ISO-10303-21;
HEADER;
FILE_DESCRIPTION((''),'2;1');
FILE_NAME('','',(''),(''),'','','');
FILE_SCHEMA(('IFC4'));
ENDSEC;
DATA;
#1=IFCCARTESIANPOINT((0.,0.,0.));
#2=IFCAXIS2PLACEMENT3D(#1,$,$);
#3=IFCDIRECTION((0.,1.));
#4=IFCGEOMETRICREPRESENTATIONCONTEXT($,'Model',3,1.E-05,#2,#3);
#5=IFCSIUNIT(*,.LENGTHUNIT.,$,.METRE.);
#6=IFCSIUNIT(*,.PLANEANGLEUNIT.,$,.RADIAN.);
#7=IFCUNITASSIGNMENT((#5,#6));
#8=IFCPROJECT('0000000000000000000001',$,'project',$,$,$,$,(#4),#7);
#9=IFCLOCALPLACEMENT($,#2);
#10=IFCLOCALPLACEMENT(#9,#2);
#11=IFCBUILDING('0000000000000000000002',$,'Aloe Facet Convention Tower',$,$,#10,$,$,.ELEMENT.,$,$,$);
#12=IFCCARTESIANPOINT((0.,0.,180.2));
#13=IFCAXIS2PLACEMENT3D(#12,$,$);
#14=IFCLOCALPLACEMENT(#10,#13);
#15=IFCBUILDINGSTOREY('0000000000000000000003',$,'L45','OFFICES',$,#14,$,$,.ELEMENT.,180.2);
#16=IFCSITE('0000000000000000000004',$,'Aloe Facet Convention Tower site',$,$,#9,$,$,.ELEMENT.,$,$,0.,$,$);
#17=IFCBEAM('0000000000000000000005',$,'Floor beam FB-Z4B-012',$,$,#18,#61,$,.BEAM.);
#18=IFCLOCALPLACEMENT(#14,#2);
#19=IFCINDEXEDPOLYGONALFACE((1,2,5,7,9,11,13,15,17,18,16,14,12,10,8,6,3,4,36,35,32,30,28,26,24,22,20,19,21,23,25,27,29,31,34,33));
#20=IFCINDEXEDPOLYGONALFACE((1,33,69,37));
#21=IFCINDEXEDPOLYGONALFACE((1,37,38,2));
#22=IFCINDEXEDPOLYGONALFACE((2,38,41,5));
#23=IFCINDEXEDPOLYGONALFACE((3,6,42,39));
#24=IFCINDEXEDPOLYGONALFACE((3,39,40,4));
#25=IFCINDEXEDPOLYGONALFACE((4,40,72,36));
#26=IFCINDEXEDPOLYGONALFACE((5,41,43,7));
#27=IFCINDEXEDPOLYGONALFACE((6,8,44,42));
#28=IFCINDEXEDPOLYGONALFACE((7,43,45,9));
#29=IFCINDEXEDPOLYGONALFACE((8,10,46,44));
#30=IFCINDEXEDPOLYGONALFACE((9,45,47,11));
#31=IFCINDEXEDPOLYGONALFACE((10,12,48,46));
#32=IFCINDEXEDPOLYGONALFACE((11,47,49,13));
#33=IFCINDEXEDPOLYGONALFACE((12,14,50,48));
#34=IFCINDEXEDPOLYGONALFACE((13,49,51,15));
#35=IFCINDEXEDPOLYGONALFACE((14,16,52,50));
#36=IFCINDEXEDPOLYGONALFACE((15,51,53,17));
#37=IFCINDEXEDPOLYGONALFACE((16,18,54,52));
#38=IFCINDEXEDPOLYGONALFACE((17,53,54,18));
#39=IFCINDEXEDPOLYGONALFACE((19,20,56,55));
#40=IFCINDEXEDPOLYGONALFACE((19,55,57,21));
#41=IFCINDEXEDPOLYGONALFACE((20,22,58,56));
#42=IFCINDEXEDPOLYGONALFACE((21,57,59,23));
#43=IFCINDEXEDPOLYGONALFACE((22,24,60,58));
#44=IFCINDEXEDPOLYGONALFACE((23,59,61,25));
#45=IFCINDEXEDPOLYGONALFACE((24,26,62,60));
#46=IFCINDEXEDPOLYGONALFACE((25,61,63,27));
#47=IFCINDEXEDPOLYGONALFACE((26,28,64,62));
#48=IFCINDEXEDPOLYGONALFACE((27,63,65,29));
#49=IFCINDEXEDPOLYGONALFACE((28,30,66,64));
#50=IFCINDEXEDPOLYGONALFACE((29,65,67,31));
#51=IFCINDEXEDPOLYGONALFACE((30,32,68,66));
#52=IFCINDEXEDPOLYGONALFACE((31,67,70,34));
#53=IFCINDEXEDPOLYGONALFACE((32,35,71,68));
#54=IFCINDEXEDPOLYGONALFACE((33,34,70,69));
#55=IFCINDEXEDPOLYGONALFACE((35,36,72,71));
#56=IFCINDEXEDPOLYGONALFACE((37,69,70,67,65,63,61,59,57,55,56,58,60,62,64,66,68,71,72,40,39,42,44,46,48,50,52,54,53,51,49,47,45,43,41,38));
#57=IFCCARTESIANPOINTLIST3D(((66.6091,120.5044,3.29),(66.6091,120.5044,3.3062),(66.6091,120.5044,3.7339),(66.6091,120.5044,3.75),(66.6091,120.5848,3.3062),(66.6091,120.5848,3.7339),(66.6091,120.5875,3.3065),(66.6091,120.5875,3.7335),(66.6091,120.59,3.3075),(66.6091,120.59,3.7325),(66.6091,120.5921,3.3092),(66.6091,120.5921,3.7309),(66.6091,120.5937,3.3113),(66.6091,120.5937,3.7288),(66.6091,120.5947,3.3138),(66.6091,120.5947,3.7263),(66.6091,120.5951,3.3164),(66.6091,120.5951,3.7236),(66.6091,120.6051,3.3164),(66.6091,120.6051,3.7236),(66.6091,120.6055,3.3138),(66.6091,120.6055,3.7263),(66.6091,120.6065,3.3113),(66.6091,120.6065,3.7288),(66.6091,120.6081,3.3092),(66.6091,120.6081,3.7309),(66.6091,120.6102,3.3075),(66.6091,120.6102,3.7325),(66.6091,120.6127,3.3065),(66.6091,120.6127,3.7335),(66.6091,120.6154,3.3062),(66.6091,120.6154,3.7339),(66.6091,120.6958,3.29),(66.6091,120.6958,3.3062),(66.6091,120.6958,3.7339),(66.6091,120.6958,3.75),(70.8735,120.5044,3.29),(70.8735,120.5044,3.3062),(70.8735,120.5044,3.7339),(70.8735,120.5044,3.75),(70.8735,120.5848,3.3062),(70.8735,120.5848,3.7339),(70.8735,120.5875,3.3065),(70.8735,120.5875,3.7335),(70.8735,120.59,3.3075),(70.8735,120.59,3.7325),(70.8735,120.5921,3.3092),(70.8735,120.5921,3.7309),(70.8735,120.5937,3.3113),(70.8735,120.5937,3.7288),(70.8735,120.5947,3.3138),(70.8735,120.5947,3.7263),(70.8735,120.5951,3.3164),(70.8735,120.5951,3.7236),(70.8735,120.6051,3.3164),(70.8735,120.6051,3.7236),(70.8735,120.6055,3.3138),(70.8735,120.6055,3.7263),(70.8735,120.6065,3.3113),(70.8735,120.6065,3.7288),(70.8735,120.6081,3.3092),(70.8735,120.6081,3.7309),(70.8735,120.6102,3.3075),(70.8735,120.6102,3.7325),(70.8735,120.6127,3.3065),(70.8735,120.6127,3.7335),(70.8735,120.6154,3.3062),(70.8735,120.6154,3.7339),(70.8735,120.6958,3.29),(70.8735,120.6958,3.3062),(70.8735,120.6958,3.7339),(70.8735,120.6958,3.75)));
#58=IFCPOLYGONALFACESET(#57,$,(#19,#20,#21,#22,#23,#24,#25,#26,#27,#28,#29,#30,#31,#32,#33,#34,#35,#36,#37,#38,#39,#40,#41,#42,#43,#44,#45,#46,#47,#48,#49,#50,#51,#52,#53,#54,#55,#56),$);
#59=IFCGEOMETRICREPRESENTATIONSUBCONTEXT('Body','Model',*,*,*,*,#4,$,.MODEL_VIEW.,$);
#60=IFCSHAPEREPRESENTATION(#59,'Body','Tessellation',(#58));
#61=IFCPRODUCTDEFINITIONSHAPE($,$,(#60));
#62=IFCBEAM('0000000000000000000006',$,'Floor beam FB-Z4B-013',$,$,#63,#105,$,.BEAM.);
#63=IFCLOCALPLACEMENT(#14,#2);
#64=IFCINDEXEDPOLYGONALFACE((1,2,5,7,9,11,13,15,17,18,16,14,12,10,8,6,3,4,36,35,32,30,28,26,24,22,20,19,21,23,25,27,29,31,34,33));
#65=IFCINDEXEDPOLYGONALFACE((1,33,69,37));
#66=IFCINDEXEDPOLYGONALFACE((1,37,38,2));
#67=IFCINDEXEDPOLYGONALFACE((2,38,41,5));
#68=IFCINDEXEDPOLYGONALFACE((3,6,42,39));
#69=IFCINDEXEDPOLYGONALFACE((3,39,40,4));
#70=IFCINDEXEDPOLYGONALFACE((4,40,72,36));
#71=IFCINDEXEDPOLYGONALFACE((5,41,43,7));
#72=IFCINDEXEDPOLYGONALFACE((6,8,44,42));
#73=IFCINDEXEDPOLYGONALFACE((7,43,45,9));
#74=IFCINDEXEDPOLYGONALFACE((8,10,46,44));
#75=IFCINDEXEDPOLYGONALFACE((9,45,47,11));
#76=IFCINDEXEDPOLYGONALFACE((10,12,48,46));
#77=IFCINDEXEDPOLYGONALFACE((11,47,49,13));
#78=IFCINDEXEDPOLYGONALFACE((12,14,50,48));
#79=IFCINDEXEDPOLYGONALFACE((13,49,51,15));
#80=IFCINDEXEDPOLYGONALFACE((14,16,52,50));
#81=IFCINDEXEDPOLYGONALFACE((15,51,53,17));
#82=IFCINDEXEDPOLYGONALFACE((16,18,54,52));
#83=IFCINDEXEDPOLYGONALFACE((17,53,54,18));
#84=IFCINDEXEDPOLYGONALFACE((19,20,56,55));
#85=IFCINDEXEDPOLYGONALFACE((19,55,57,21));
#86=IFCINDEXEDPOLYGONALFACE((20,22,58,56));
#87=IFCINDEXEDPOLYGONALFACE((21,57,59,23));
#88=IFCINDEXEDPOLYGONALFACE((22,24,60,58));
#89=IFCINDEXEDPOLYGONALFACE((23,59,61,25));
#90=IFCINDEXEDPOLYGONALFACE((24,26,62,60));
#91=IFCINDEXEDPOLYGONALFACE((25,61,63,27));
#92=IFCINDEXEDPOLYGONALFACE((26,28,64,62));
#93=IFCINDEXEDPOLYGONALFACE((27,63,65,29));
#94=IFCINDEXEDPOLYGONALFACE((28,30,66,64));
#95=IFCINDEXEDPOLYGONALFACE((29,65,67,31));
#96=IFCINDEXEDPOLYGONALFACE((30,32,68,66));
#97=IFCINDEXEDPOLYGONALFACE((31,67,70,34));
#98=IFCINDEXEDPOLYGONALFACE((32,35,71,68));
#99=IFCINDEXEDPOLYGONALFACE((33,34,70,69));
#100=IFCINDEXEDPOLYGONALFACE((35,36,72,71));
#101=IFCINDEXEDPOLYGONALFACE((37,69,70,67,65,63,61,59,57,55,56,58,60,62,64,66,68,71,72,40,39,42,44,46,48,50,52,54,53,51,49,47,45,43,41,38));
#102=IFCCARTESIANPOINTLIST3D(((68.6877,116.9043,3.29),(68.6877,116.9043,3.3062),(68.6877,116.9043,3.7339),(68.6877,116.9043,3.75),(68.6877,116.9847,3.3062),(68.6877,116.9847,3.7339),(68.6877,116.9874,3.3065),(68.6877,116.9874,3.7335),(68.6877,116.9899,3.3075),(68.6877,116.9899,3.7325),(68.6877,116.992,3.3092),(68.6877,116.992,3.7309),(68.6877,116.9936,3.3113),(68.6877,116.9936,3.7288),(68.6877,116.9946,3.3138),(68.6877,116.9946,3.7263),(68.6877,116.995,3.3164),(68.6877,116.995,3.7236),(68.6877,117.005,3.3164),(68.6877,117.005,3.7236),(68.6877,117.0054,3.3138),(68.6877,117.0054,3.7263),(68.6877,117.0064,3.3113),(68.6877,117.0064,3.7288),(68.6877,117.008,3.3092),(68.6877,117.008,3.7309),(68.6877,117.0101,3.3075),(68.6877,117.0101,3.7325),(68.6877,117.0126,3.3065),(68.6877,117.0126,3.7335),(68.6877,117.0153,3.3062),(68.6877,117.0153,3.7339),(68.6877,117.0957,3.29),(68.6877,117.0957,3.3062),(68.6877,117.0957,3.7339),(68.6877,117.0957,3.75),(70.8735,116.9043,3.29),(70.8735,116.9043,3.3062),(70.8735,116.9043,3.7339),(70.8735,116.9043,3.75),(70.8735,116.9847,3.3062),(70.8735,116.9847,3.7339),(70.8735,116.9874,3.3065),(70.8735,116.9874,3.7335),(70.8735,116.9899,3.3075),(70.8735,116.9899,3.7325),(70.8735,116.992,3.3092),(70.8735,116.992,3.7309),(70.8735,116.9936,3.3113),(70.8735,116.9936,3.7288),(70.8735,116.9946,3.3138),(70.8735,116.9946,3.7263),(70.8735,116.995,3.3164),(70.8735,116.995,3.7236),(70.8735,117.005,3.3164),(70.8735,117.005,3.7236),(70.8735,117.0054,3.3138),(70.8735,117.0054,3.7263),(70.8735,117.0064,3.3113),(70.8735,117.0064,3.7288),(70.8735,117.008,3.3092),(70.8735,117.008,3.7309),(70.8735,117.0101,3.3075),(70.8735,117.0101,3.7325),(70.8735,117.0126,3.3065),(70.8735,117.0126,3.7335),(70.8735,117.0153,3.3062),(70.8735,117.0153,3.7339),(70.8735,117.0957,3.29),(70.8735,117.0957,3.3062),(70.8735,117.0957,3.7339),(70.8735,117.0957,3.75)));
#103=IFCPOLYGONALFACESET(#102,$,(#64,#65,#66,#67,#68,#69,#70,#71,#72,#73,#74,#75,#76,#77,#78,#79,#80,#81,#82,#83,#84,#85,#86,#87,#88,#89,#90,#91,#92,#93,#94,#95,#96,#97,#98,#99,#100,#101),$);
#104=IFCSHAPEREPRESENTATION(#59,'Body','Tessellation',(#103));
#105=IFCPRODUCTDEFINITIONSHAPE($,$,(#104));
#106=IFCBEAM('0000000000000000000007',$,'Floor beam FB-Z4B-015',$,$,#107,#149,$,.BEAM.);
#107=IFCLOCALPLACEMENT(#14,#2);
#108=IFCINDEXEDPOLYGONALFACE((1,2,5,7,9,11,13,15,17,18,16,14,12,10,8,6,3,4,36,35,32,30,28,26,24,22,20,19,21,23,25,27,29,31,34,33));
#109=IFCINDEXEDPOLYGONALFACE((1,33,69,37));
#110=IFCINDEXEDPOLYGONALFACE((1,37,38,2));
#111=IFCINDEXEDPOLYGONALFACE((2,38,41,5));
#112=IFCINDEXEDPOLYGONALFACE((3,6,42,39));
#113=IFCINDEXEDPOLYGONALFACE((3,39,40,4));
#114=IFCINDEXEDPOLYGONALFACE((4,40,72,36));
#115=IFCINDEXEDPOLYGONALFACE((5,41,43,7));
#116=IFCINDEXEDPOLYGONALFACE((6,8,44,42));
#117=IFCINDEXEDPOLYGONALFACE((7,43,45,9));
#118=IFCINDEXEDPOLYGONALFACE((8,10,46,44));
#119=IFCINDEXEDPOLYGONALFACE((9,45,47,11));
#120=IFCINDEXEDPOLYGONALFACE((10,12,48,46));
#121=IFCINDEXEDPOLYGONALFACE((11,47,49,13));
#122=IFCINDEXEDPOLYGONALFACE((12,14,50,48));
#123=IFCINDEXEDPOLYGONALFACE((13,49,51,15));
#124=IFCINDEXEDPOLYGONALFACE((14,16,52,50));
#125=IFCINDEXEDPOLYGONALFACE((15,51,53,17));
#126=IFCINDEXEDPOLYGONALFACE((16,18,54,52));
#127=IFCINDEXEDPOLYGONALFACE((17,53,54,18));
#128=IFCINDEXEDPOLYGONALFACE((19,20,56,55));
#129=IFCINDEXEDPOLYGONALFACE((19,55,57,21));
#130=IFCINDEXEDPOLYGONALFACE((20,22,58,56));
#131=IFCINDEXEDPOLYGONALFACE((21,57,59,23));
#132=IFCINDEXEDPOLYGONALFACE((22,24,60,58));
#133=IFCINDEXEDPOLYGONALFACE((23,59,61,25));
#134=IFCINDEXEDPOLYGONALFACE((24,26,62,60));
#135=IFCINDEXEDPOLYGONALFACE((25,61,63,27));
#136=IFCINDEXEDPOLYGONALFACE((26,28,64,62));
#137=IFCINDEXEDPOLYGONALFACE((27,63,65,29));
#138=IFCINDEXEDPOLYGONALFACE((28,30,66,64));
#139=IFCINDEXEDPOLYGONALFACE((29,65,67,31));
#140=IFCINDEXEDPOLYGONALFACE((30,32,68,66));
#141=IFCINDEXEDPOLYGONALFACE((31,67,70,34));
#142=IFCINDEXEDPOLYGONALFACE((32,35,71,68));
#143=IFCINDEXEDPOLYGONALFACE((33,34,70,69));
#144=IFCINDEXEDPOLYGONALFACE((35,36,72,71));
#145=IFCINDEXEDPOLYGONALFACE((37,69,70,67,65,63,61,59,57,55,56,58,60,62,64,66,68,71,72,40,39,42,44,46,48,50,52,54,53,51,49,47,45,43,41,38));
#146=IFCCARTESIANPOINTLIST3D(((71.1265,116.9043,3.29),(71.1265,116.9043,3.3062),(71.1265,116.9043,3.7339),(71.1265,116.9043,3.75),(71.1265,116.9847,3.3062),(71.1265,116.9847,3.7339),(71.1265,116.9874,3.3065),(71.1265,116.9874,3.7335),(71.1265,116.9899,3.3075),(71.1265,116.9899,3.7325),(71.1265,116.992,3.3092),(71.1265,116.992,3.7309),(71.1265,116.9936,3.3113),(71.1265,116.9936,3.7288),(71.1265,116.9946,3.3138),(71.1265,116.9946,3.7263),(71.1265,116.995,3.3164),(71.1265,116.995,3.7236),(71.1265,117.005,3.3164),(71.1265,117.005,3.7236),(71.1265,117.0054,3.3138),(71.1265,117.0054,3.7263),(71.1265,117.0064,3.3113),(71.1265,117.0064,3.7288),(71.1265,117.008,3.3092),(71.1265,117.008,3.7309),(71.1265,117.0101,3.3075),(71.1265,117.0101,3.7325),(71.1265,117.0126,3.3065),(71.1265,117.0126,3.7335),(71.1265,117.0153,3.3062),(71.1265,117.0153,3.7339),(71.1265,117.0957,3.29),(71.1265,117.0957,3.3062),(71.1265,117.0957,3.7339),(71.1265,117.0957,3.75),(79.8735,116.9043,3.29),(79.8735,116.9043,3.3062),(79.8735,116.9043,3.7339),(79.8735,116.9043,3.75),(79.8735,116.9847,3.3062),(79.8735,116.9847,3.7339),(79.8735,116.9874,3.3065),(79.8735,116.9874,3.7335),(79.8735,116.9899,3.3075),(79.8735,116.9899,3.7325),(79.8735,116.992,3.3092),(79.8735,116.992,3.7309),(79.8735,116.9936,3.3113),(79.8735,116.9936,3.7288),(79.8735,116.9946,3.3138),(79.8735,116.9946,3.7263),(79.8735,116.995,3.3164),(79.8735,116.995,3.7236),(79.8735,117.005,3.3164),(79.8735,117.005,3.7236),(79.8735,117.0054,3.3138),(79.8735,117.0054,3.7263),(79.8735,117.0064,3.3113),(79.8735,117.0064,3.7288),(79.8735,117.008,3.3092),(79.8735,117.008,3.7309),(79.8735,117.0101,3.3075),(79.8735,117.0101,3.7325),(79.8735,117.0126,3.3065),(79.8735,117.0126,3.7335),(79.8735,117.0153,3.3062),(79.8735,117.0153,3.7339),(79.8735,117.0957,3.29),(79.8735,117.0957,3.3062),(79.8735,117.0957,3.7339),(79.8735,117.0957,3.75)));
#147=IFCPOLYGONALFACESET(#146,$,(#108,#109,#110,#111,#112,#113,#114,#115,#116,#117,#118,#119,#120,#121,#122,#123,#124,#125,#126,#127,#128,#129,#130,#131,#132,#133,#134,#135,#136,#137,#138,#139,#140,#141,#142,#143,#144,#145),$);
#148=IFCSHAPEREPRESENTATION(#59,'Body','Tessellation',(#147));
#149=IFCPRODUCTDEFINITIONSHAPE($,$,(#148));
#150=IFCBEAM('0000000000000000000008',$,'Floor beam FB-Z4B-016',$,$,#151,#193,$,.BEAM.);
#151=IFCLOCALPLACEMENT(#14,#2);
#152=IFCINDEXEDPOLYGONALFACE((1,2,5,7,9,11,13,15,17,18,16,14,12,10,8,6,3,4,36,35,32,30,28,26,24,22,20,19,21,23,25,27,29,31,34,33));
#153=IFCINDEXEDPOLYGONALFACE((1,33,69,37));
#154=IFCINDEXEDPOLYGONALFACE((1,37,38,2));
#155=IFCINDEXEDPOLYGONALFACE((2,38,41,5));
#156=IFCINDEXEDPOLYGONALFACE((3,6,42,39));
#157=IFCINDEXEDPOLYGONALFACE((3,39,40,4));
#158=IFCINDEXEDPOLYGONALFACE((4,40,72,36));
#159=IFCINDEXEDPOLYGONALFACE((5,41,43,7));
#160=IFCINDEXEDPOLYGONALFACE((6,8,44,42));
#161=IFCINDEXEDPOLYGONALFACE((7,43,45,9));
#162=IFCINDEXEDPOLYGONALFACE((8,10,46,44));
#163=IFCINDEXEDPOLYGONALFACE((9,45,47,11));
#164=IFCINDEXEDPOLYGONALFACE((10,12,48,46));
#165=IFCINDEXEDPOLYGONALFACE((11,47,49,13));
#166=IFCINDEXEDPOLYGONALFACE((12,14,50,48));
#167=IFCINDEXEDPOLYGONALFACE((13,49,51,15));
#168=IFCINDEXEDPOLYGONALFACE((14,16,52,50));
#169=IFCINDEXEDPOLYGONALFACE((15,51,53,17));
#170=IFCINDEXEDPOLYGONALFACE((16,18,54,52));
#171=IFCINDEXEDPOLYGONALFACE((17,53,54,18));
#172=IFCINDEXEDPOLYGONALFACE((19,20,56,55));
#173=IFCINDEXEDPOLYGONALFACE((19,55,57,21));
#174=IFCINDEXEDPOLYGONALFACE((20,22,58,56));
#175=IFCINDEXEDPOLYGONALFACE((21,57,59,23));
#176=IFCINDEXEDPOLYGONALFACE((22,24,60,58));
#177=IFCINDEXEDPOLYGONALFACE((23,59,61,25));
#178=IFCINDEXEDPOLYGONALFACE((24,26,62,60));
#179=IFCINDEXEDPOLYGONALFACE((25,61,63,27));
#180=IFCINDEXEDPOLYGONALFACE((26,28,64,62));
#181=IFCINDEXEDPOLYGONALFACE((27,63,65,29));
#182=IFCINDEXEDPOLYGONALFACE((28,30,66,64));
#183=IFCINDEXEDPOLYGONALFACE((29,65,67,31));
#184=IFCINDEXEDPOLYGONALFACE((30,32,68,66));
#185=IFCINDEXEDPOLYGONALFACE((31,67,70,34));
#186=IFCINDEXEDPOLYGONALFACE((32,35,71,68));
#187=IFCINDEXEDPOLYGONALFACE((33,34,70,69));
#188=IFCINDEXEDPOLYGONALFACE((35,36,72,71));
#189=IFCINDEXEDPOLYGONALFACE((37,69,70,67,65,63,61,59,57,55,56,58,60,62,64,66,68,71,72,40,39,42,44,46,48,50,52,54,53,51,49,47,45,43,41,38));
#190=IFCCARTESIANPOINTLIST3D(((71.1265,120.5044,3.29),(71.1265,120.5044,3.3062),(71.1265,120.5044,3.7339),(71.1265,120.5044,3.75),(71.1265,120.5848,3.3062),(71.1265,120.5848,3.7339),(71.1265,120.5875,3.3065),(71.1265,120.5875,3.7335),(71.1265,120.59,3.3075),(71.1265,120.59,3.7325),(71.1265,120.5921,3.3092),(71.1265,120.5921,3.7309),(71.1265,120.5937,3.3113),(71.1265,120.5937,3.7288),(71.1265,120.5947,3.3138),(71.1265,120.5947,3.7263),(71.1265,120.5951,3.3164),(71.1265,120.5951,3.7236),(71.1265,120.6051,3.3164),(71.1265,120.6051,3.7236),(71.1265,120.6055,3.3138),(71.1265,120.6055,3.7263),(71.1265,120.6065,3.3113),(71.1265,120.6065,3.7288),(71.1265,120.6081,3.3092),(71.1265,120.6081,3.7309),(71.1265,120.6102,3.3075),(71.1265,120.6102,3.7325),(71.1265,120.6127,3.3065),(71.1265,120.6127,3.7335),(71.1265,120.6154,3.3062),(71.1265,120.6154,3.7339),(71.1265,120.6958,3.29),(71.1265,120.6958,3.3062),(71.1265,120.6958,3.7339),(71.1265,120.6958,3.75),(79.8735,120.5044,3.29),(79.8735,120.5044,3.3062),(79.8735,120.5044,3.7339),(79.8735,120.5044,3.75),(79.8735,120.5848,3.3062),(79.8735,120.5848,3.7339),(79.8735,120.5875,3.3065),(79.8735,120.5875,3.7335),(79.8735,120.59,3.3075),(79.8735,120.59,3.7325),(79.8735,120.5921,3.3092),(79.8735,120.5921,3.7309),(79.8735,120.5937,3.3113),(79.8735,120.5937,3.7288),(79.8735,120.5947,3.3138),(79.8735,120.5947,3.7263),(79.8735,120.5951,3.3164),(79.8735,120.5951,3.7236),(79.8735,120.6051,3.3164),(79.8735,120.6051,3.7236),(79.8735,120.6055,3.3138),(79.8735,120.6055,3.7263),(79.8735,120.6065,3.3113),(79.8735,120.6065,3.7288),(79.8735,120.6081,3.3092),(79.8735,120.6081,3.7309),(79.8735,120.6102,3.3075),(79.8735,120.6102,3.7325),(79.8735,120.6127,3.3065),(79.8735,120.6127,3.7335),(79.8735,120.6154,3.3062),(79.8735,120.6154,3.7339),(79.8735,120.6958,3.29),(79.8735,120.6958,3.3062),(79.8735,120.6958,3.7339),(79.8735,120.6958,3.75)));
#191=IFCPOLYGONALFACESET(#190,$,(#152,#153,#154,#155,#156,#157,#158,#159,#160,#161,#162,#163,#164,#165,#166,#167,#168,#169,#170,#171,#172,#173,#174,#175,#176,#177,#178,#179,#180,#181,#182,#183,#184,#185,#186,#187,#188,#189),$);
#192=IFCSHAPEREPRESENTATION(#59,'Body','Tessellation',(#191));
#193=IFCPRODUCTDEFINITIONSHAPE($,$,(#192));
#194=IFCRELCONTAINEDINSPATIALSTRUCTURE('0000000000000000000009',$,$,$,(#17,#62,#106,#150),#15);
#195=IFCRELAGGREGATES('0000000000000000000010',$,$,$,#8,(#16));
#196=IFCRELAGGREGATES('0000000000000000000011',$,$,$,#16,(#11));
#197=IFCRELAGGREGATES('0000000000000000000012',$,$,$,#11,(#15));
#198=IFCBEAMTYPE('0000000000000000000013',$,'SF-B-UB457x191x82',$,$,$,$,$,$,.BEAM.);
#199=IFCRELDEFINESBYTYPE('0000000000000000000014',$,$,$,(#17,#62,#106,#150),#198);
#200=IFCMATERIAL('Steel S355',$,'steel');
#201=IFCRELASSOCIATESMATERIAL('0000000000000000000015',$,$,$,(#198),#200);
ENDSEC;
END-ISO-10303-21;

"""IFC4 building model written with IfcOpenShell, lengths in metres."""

from ifc_helpers import new_model, si_unit, direction, frame, origin, origin_2d, place, context, subcontext, project, spatial, i_section, extrude, material, material_profile, profile_set, type_object, element, save


model = new_model("IFC4")

# Units and contexts
model_context = context("Model", 3, precision=1e-05, world=origin(), true_north=direction((0.0, 1.0)))
body_context = subcontext(model_context, "Body", "Model", "MODEL_VIEW")
ifc_project = project(units=[si_unit("LENGTHUNIT", "METRE"), si_unit("PLANEANGLEUNIT", "RADIAN")], contexts=[model_context])

# Site, building, storey
site_placement = place(None, origin())
site = spatial("IfcSite", under=ifc_project, at=site_placement, Name="Aloe Facet Convention Tower site", CompositionType="ELEMENT", RefElevation=0.0)
building_placement = place(site_placement, origin())
building = spatial("IfcBuilding", under=site, at=building_placement, Name="Aloe Facet Convention Tower", CompositionType="ELEMENT")
storey_placement = place(building_placement, frame((0.0, 0.0, 180.2)))
storey = spatial("IfcBuildingStorey", under=building, at=storey_placement, Name="L45", Description="OFFICES", CompositionType="ELEMENT", Elevation=180.2)

# Beams
ifc_material_1 = material(Name="Steel S355", Category="steel")
ifc_material_profile_1 = material_profile(ifc_material_1, i_section(OverallWidth=0.1914, OverallDepth=0.46, WebThickness=0.01, FlangeThickness=0.0161, FilletRadius=0.0103, at=origin_2d()), Name="UB 457x191x82")
ifc_profile_set_1 = profile_set([ifc_material_profile_1], Name="Steel S355")
beam_type_1 = type_object("IfcBeamType", Name="SF-B-UB457x191x82", PredefinedType="BEAM", material=ifc_profile_set_1)
beam_1_placement = place(storey_placement, frame((66.6091, 120.6001, 3.52), z_axis=(1.0, 0.0, 0.0), x_axis=(0.0, 1.0, 0.0)))
element("IfcBeam", 1, at=beam_1_placement, inside=storey, type_object=beam_type_1, Name="Floor beam FB-Z4B-012", PredefinedType="BEAM", context=body_context, shape_type="SweptSolid", body=[
    extrude(i_section(OverallWidth=0.1914, OverallDepth=0.46, WebThickness=0.01, FlangeThickness=0.0161, FilletRadius=0.0103, at=origin_2d()), origin(), (0.0, 0.0, 1.0), 4.2644),
])
beam_2_placement = place(storey_placement, frame((68.6877, 117.0, 3.52), z_axis=(1.0, 0.0, 0.0), x_axis=(0.0, 1.0, 0.0)))
element("IfcBeam", 2, at=beam_2_placement, inside=storey, type_object=beam_type_1, Name="Floor beam FB-Z4B-013", PredefinedType="BEAM", context=body_context, shape_type="SweptSolid", body=[
    extrude(i_section(OverallWidth=0.1914, OverallDepth=0.46, WebThickness=0.01, FlangeThickness=0.0161, FilletRadius=0.0103, at=origin_2d()), origin(), (0.0, 0.0, 1.0), 2.1858),
])
for number, where, z_axis, x_axis, name in (
    (3, (71.1265, 117.0, 3.52), (1.0, 0.0, 0.0), (0.0, 1.0, 0.0), "Floor beam FB-Z4B-015"),
    (4, (71.1265, 120.6001, 3.52), (1.0, 0.0, 0.0), (0.0, 1.0, 0.0), "Floor beam FB-Z4B-016"),
):
    element("IfcBeam", number, at=place(storey_placement, frame(where, z_axis=z_axis, x_axis=x_axis)), inside=storey, type_object=beam_type_1, Name=name, PredefinedType="BEAM", context=body_context, shape_type="SweptSolid", body=[
        extrude(i_section(OverallWidth=0.1914, OverallDepth=0.46, WebThickness=0.01, FlangeThickness=0.0161, FilletRadius=0.0103, at=origin_2d()), origin(), (0.0, 0.0, 1.0), 8.7471),
    ])

save(model, "model.ifc")
